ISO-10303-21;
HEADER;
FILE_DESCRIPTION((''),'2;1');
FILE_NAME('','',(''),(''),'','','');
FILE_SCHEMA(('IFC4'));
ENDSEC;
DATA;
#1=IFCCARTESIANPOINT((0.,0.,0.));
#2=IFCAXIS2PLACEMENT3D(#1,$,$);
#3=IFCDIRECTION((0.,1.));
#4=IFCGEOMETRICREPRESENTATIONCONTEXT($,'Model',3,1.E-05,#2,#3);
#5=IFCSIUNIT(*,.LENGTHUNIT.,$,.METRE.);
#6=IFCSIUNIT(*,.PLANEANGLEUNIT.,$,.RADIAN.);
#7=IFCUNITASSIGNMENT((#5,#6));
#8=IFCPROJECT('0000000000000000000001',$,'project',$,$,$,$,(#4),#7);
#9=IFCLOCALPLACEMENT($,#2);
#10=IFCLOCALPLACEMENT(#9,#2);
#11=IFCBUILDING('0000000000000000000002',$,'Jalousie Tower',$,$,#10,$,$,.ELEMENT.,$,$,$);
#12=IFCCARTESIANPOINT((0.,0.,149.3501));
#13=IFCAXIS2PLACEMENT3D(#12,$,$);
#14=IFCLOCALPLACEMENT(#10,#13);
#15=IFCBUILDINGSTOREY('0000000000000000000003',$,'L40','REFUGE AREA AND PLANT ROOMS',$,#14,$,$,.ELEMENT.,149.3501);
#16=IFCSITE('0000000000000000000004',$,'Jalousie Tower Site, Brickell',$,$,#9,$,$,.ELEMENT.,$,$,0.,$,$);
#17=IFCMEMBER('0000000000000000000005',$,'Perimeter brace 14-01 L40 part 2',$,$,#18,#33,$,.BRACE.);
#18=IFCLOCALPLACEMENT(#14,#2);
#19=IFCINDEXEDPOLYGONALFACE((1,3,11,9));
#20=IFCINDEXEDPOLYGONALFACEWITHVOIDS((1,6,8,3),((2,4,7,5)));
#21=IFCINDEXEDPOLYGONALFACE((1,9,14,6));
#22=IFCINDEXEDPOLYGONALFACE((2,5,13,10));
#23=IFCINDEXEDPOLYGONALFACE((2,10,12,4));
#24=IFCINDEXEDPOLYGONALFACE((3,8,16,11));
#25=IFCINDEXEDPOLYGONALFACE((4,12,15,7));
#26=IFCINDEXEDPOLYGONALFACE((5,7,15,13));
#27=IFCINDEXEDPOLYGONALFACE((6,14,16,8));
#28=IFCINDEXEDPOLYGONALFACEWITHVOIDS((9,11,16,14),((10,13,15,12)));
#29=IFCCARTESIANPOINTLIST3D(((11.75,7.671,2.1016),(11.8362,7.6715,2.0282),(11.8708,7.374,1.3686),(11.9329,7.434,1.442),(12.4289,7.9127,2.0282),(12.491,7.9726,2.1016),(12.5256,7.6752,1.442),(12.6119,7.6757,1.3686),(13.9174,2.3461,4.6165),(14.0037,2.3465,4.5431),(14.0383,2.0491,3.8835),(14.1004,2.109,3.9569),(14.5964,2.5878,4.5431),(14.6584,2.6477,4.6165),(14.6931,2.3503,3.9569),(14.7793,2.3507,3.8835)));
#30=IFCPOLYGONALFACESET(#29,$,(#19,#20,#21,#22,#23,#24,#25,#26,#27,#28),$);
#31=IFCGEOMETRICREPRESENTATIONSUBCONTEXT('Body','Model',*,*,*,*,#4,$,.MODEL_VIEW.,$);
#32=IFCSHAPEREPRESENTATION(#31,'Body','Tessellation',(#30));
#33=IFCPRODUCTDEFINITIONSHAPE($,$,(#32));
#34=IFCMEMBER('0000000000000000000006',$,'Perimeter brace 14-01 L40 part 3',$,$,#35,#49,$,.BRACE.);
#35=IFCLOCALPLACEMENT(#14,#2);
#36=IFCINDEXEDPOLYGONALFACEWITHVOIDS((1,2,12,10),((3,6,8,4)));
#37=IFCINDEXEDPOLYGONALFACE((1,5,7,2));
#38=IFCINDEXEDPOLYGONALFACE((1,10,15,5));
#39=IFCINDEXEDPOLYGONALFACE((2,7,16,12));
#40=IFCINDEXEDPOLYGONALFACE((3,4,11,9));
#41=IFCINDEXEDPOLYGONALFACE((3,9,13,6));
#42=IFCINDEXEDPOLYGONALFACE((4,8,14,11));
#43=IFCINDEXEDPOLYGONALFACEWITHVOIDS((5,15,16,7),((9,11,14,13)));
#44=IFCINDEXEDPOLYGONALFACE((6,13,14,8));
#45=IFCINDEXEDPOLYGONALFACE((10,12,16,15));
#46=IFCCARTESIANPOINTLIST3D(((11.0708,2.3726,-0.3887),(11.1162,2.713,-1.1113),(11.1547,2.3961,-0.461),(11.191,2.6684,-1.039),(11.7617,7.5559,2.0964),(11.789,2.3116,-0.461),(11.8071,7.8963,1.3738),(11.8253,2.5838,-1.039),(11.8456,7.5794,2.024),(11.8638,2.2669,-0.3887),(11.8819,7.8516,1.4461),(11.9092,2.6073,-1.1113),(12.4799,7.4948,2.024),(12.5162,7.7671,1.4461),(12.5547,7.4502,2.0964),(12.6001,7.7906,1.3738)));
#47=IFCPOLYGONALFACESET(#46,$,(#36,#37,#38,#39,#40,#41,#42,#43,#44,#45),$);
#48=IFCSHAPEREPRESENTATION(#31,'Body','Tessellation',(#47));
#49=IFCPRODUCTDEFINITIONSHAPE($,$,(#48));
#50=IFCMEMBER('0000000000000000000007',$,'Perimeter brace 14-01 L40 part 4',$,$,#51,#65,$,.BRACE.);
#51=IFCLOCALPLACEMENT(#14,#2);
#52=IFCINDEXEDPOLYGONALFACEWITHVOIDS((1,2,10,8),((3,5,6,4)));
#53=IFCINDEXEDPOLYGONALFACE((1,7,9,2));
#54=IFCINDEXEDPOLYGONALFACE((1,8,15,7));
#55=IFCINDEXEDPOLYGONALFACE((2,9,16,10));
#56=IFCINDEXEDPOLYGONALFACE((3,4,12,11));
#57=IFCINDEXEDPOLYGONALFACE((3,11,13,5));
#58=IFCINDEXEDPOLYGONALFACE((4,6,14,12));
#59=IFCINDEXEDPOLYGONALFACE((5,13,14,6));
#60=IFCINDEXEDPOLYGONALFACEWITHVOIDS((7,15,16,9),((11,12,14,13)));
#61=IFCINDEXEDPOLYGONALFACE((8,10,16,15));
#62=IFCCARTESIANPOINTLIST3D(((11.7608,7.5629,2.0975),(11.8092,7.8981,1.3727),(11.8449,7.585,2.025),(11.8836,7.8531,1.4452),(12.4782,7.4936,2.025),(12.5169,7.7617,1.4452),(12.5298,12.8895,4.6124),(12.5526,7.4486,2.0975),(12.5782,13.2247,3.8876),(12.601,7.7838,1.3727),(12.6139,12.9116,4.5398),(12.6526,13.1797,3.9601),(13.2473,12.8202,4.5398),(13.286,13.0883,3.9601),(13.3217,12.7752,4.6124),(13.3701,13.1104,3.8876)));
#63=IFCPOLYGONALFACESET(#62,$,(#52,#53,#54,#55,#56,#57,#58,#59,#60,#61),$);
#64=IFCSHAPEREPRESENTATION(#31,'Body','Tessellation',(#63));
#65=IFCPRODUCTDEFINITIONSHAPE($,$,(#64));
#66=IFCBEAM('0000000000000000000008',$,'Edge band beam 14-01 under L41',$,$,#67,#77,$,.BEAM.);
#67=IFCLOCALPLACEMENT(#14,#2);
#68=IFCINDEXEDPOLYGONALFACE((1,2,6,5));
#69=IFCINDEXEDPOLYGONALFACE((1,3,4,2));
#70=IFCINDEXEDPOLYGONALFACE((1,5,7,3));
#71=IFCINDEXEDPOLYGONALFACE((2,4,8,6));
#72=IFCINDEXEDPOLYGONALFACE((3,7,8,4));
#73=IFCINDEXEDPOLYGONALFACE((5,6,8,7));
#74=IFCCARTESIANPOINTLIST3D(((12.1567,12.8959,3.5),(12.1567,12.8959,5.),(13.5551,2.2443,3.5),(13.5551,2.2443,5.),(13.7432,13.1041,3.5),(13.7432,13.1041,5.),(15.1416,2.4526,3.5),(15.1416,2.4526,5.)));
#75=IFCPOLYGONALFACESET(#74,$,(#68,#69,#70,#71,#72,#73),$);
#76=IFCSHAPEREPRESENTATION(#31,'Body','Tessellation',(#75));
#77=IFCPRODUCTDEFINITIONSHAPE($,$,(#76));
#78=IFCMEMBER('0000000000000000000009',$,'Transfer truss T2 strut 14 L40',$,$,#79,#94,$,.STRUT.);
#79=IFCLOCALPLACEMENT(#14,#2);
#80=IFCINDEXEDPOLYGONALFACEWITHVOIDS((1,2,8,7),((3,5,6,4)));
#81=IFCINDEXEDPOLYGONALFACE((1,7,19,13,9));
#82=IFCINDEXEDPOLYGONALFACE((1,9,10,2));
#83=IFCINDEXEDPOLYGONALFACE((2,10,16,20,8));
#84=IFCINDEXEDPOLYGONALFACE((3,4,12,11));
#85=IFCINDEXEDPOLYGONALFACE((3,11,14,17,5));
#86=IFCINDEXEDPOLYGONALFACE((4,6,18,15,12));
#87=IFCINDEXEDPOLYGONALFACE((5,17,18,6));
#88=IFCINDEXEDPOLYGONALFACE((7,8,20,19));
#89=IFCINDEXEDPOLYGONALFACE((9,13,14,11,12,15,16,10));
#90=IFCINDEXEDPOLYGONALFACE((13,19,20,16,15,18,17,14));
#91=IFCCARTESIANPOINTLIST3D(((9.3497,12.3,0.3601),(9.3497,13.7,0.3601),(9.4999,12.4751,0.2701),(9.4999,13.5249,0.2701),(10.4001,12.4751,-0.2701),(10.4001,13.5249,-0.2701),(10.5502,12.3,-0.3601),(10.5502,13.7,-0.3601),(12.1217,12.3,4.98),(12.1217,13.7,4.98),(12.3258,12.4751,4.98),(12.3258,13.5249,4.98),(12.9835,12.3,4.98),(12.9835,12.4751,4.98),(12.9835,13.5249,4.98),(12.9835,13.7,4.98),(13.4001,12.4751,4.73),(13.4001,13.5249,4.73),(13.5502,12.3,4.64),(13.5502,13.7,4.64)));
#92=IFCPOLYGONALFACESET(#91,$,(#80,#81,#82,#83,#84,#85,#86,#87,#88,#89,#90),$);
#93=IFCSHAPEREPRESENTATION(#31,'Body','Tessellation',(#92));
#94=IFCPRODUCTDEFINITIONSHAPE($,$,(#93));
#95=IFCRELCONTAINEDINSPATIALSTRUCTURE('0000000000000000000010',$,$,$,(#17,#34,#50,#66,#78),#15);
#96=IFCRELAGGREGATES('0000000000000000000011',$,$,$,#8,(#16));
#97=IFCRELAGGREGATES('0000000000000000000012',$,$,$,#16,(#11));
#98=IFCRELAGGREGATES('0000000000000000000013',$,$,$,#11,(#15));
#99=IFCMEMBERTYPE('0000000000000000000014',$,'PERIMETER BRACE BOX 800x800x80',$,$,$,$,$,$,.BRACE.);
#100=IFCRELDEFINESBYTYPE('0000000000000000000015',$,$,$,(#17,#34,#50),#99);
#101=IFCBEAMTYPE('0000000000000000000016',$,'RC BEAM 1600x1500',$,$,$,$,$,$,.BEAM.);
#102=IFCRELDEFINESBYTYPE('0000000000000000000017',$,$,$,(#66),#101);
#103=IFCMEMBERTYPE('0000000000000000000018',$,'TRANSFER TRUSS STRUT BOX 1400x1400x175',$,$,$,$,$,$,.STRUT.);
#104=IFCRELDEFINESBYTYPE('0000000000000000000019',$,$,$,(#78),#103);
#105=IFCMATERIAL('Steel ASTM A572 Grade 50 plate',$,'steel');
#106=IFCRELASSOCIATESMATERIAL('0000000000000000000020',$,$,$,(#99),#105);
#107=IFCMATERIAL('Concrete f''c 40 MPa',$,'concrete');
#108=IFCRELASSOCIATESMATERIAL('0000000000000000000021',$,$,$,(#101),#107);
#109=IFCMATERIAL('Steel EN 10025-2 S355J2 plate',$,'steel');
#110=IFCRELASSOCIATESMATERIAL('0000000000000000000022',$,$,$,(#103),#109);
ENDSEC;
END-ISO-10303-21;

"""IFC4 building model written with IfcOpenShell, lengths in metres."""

from ifc_helpers import new_model, si_unit, direction, frame, origin, origin_2d, place, context, subcontext, project, spatial, rectangle, hollow_rectangle, extrude, clip, halfspace, material, material_profile, profile_set, type_object, element, save


model = new_model("IFC4")

# Units and contexts
model_context = context("Model", 3, precision=1e-05, world=origin(), true_north=direction((0.0, 1.0)))
body_context = subcontext(model_context, "Body", "Model", "MODEL_VIEW")
ifc_project = project(units=[si_unit("LENGTHUNIT", "METRE"), si_unit("PLANEANGLEUNIT", "RADIAN")], contexts=[model_context])

# Site, building, storey
site_placement = place(None, origin())
site = spatial("IfcSite", under=ifc_project, at=site_placement, Name="Jalousie Tower Site, Brickell", CompositionType="ELEMENT", RefElevation=0.0)
building_placement = place(site_placement, origin())
building = spatial("IfcBuilding", under=site, at=building_placement, Name="Jalousie Tower", CompositionType="ELEMENT")
storey_placement = place(building_placement, frame((0.0, 0.0, 149.3501)))
storey = spatial("IfcBuildingStorey", under=building, at=storey_placement, Name="L40", Description="REFUGE AREA AND PLANT ROOMS", CompositionType="ELEMENT", Elevation=149.3501)

# Members
ifc_material_1 = material(Name="Steel ASTM A572 Grade 50 plate", Category="steel")
ifc_material_profile_1 = material_profile(ifc_material_1, hollow_rectangle(XDim=0.8, YDim=0.8, WallThickness=0.0801, at=origin_2d()), Name="BOX 800x800x80")
ifc_profile_set_1 = profile_set([ifc_material_profile_1], Name="Steel ASTM A572 Grade 50 plate")
member_type_1 = type_object("IfcMemberType", Name="PERIMETER BRACE BOX 800x800x80", PredefinedType="BRACE", material=ifc_profile_set_1)
member_1_placement = place(storey_placement, frame((12.1809, 7.6733, 1.7351), z_axis=(0.345406, -0.848575, 0.400769), x_axis=(0.92621, 0.377007, 0.0)))
element("IfcMember", 1, at=member_1_placement, inside=storey, type_object=member_type_1, Name="Perimeter brace 14-01 L40 part 2", PredefinedType="BRACE", context=body_context, shape_type="SweptSolid", body=[
    extrude(hollow_rectangle(XDim=0.8, YDim=0.8, WallThickness=0.0801, at=origin_2d()), origin(), (0.0, 0.0, 1.0), 6.2751),
])
member_2_placement = place(storey_placement, frame((11.49, 2.49, -0.75), z_axis=(0.119336, 0.895276, 0.429232), x_axis=(-0.991233, 0.132127, 0.0)))
element("IfcMember", 2, at=member_2_placement, inside=storey, type_object=member_type_1, Name="Perimeter brace 14-01 L40 part 3", PredefinedType="BRACE", context=body_context, shape_type="SweptSolid", body=[
    extrude(hollow_rectangle(XDim=0.8, YDim=0.8, WallThickness=0.0801, at=origin_2d()), origin(), (0.0, 0.0, 1.0), 5.7896),
])
member_3_placement = place(storey_placement, frame((12.1809, 7.6733, 1.7351), z_axis=(0.129458, 0.89667, 0.423348), x_axis=(-0.989738, 0.142895, 0.0)))
element("IfcMember", 3, at=member_3_placement, inside=storey, type_object=member_type_1, Name="Perimeter brace 14-01 L40 part 4", PredefinedType="BRACE", context=body_context, shape_type="SweptSolid", body=[
    extrude(hollow_rectangle(XDim=0.8, YDim=0.8, WallThickness=0.0801, at=origin_2d()), origin(), (0.0, 0.0, 1.0), 5.9404),
])

# Beam
ifc_material_2 = material(Name="Concrete f'c 40 MPa", Category="concrete")
ifc_material_profile_2 = material_profile(ifc_material_2, rectangle(XDim=1.6001, YDim=1.5, at=origin_2d()), Name="RC 1600x1500")
ifc_profile_set_2 = profile_set([ifc_material_profile_2], Name="Concrete f'c 40 MPa")
beam_type = type_object("IfcBeamType", Name="RC BEAM 1600x1500", PredefinedType="BEAM", material=ifc_profile_set_2)
beam_placement = place(storey_placement, frame((12.95, 13.0, 4.25), z_axis=(0.130172, -0.991491, 0.0), x_axis=(0.991491, 0.130172, 0.0)))
element("IfcBeam", 4, at=beam_placement, inside=storey, type_object=beam_type, Name="Edge band beam 14-01 under L41", PredefinedType="BEAM", context=body_context, shape_type="SweptSolid", body=[
    extrude(rectangle(XDim=1.6001, YDim=1.5, at=origin_2d()), origin(), (0.0, 0.0, 1.0), 10.7429),
])

# Member
ifc_material_3 = material(Name="Steel EN 10025-2 S355J2 plate", Category="steel")
ifc_material_profile_3 = material_profile(ifc_material_3, hollow_rectangle(XDim=1.3999, YDim=1.3999, WallThickness=0.175, at=origin_2d()), Name="BOX 1400x1400x175")
ifc_profile_set_3 = profile_set([ifc_material_profile_3], Name="Steel EN 10025-2 S355J2 plate")
member_type_2 = type_object("IfcMemberType", Name="TRANSFER TRUSS STRUT BOX 1400x1400x175", PredefinedType="STRUT", material=ifc_profile_set_3)
member_4_placement = place(storey_placement, frame((9.95, 13.0, 0.0), z_axis=(0.514496, 0.0, 0.857493), x_axis=(0.0, 1.0, 0.0)))
element("IfcMember", 5, at=member_4_placement, inside=storey, type_object=member_type_2, Name="Transfer truss T2 strut 14 L40", PredefinedType="STRUT", context=body_context, shape_type="Clipping", body=[
    clip(extrude(hollow_rectangle(XDim=1.3999, YDim=1.3999, WallThickness=0.175, at=origin_2d()), origin(), (0.0, 0.0, 1.0), 5.8311), halfspace(frame((0.0, 0.0, 5.8076), z_axis=(0.0, 0.514496, 0.857493)), False)),
])

save(model, "model.ifc")
